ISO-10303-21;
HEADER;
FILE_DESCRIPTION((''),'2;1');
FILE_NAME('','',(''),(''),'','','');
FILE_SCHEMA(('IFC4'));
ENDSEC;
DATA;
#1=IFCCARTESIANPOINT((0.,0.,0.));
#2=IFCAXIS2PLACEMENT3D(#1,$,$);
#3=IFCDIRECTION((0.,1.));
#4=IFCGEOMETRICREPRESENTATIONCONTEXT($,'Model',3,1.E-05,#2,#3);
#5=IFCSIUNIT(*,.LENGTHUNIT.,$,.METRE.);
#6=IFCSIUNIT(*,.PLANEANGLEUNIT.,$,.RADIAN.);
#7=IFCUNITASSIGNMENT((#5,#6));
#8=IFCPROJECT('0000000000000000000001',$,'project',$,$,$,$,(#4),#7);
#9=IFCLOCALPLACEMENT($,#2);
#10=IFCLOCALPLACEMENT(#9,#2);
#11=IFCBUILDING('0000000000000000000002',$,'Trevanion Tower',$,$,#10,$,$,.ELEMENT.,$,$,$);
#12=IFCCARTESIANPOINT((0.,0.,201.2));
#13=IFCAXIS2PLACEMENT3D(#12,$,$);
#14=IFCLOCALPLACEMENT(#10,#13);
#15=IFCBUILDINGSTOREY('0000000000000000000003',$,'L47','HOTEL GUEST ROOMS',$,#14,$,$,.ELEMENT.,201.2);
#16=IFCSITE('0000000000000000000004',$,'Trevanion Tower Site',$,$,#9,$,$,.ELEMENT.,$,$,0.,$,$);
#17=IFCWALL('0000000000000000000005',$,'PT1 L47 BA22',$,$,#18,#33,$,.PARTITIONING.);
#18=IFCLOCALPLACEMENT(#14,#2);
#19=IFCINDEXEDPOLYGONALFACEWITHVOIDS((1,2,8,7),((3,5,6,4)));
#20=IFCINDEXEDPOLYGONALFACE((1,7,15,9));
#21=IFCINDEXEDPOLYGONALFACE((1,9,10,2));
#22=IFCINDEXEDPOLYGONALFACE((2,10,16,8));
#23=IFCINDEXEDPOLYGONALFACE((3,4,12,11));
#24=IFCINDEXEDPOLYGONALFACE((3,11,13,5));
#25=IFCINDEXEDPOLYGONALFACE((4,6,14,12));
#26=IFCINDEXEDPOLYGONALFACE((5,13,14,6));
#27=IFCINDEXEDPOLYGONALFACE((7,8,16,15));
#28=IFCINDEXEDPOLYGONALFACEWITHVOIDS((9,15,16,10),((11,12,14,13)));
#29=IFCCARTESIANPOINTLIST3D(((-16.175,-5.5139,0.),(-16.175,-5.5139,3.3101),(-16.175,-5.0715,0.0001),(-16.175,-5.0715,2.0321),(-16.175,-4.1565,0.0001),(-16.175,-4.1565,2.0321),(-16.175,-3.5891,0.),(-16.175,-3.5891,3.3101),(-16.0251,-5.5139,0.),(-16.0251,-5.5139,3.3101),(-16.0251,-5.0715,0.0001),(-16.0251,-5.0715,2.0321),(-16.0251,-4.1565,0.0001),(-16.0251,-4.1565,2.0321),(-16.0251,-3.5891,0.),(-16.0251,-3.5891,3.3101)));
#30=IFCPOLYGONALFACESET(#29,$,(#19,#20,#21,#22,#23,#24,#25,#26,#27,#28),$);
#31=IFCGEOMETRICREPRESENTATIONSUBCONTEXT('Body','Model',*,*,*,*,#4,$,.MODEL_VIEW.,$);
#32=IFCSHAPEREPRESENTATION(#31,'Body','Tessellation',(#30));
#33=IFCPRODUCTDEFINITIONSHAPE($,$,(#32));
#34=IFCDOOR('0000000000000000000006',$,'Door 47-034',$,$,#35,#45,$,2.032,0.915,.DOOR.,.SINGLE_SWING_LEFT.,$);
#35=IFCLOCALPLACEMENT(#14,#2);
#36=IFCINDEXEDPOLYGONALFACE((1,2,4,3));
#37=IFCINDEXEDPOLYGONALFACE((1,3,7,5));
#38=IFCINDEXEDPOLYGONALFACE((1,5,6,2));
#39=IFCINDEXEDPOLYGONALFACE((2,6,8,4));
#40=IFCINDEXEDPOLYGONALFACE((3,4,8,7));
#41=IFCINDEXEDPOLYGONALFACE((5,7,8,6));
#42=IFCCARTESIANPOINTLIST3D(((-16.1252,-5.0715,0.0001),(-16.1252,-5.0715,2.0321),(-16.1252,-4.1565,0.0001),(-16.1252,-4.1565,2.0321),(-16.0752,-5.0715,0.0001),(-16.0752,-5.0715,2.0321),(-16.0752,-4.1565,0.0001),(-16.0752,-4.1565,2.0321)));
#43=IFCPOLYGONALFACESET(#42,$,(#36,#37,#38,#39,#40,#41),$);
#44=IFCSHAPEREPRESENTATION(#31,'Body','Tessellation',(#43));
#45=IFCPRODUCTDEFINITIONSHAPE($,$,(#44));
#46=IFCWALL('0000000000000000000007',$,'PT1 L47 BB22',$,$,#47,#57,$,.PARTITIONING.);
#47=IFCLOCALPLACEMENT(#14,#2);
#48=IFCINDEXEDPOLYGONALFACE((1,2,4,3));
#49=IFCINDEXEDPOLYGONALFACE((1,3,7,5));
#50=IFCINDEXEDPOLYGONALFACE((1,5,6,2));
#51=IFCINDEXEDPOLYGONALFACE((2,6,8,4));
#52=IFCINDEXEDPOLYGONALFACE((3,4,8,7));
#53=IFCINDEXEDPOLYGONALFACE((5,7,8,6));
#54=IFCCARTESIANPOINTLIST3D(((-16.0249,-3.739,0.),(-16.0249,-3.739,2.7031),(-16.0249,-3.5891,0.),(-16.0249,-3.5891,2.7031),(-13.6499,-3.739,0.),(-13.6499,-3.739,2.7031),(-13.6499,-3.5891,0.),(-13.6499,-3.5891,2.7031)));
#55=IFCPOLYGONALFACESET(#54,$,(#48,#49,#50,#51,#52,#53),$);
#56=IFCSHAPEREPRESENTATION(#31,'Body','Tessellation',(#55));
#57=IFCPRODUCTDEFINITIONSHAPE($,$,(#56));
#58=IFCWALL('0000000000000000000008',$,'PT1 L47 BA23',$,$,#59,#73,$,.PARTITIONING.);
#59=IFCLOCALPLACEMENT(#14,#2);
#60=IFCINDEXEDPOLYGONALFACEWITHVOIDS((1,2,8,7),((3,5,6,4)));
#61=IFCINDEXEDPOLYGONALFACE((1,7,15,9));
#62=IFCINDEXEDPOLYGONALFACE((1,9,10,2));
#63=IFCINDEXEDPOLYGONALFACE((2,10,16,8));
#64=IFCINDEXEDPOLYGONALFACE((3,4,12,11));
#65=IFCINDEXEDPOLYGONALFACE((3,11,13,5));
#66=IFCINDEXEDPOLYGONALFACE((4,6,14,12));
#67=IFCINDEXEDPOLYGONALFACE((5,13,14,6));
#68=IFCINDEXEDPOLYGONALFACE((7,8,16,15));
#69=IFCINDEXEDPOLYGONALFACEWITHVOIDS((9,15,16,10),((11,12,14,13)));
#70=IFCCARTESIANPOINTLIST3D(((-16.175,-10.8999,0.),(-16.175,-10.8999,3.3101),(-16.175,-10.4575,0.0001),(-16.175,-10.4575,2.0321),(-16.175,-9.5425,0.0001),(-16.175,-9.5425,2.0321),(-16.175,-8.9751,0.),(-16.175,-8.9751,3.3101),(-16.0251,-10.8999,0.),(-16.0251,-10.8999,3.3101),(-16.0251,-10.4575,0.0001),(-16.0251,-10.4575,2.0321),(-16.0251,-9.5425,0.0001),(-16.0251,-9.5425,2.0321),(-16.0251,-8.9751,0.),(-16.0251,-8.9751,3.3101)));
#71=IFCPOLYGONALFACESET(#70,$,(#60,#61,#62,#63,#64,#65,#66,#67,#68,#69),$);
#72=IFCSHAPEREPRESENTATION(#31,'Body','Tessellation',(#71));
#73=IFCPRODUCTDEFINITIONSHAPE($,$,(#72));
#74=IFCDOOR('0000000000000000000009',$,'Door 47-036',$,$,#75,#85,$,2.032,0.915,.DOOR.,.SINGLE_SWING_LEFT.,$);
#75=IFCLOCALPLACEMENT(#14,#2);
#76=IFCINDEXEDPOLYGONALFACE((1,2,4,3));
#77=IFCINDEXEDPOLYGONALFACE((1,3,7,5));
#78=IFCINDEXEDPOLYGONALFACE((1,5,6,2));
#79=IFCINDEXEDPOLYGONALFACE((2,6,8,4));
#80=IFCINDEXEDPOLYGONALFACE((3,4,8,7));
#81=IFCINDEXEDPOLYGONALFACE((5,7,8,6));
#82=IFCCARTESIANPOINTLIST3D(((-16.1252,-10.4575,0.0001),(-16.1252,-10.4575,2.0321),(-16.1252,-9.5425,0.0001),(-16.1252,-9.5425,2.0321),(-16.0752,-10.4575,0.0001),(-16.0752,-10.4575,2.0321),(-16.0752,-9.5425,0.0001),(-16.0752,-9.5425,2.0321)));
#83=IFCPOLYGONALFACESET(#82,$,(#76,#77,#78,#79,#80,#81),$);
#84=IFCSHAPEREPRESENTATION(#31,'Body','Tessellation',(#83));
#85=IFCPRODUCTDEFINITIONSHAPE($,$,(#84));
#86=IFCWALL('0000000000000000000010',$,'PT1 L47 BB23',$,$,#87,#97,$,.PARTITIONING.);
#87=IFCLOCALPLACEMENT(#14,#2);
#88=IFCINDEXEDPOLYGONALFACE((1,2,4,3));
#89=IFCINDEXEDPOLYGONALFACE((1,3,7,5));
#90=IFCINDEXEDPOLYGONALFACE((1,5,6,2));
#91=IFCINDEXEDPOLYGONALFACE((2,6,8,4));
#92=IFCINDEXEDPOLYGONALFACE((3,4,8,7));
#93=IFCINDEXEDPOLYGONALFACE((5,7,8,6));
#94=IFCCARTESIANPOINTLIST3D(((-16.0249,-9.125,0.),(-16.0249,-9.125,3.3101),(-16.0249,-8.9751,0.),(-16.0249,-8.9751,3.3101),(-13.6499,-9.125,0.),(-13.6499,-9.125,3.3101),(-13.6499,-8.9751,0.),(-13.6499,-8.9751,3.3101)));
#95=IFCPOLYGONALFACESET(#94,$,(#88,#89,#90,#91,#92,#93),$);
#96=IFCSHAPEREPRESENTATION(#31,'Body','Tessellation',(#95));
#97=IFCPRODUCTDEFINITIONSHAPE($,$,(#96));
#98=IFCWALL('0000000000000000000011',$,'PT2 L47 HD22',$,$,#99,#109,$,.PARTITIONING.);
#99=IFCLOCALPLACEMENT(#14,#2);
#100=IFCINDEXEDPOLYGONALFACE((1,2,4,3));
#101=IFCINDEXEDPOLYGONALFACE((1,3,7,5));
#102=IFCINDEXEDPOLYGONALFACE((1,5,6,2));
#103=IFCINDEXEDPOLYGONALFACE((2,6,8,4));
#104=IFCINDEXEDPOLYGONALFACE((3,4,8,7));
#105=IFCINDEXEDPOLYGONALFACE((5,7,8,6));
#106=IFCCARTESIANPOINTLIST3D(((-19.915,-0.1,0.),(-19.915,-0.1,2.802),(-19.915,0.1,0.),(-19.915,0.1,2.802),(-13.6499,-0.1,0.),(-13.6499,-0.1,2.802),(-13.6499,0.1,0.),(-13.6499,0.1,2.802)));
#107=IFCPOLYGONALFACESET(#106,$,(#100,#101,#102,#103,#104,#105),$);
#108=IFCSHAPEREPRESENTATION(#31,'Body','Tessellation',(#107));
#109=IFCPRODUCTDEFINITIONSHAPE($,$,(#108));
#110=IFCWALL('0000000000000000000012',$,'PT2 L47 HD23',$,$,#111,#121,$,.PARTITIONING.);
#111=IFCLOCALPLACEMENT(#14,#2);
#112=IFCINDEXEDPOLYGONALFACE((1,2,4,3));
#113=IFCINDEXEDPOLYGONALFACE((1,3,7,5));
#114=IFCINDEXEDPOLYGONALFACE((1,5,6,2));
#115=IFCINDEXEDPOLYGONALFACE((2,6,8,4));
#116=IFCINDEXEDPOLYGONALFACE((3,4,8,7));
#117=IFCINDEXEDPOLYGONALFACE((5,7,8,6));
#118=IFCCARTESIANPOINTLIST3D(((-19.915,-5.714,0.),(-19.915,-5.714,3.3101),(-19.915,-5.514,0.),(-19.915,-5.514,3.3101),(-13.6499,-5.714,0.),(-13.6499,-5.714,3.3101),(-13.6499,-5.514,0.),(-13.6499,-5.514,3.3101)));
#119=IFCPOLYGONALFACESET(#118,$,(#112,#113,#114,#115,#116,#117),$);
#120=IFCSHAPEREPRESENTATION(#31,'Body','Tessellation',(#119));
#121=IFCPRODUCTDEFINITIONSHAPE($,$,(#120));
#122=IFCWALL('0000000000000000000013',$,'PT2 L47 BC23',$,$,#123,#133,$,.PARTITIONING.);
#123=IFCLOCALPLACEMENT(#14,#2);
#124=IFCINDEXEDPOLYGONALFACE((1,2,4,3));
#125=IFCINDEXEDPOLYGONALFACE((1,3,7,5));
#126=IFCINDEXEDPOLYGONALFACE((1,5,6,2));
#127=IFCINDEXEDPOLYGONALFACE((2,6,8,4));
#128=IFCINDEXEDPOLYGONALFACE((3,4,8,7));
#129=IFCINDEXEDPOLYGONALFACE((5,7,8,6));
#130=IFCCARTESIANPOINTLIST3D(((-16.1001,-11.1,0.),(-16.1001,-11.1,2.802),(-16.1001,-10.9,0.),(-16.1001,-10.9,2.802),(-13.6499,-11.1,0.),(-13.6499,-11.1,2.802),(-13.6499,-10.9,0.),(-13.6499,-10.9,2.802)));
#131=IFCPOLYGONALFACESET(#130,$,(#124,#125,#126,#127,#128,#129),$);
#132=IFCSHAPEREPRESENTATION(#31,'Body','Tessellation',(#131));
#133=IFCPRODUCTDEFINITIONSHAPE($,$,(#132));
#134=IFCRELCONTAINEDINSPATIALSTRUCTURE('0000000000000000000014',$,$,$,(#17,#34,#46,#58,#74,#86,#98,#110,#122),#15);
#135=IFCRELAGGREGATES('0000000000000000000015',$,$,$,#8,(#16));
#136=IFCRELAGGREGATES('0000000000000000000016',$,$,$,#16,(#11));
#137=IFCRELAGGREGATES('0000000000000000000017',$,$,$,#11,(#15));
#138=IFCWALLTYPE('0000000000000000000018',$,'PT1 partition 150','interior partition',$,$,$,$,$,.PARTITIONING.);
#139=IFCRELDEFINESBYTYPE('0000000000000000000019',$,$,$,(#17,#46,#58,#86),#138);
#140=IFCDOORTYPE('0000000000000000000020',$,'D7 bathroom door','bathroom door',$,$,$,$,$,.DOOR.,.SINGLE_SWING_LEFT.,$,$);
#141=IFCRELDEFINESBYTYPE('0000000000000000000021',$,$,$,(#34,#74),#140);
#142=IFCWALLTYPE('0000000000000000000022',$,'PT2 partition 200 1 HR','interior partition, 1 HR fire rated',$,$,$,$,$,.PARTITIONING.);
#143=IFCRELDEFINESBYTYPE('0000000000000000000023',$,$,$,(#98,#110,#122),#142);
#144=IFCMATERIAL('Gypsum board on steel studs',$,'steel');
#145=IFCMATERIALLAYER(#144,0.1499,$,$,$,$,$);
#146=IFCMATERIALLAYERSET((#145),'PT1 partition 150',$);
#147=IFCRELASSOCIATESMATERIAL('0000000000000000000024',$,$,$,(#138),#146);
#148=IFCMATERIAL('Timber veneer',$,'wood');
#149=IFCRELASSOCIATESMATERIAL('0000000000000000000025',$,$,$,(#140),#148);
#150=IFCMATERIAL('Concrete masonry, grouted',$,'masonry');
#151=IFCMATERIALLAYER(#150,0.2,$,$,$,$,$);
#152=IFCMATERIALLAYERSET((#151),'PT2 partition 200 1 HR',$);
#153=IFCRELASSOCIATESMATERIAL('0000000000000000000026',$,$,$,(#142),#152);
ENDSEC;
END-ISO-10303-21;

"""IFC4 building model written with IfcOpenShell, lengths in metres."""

from ifc_helpers import new_model, si_unit, direction, frame, frame_2d, origin, place, context, subcontext, project, spatial, rectangle, extrude, material, layer, layer_set, type_object, element, fill, save


model = new_model("IFC4")

# Units and contexts
model_context = context("Model", 3, precision=1e-05, world=origin(), true_north=direction((0.0, 1.0)))
body_context = subcontext(model_context, "Body", "Model", "MODEL_VIEW")
ifc_project = project(units=[si_unit("LENGTHUNIT", "METRE"), si_unit("PLANEANGLEUNIT", "RADIAN")], contexts=[model_context])

# Site, building, storey
site_placement = place(None, origin())
site = spatial("IfcSite", under=ifc_project, at=site_placement, Name="Trevanion Tower Site", CompositionType="ELEMENT", RefElevation=0.0)
building_placement = place(site_placement, origin())
building = spatial("IfcBuilding", under=site, at=building_placement, Name="Trevanion Tower", CompositionType="ELEMENT")
storey_placement = place(building_placement, frame((0.0, 0.0, 201.2)))
storey = spatial("IfcBuildingStorey", under=building, at=storey_placement, Name="L47", Description="HOTEL GUEST ROOMS", CompositionType="ELEMENT", Elevation=201.2)

# Wall, opening, door
ifc_material_1 = material(Name="Gypsum board on steel studs", Category="steel")
ifc_layer_1 = layer(ifc_material_1, 0.1499)
ifc_layer_set_1 = layer_set([ifc_layer_1], Name="PT1 partition 150")
wall_type_1 = type_object("IfcWallType", Name="PT1 partition 150", Description="interior partition", PredefinedType="PARTITIONING", material=ifc_layer_set_1)
wall_1_placement = place(storey_placement, frame((-16.1001, -3.5891, 0.0), z_axis=(0.0, 0.0, 1.0), x_axis=(0.0, -1.0, 0.0)))
wall_1 = element("IfcWall", 1, at=wall_1_placement, inside=storey, type_object=wall_type_1, Name="PT1 L47 BA22", PredefinedType="PARTITIONING", context=body_context, shape_type="SweptSolid", body=[
    extrude(rectangle(XDim=1.9248, YDim=0.1499, at=frame_2d((0.9624, 0.0))), origin(), (0.0, 0.0, 1.0), 3.3101),
])
opening_1_placement = place(wall_1_placement, frame((0.5674, 0.0, 0.0)))
opening_1 = element("IfcOpeningElement", 2, at=opening_1_placement, cuts=wall_1, PredefinedType="OPENING", context=body_context, shape_type="SweptSolid", body=[
    extrude(rectangle(XDim=0.915, YDim=2.032, at=frame_2d((0.4575, 1.0161))), frame((0.0, 0.085, 0.0), z_axis=(0.0, -1.0, 0.0), x_axis=(1.0, 0.0, 0.0)), (0.0, 0.0, 1.0), 0.1699),
])
ifc_material_2 = material(Name="Timber veneer", Category="wood")
door_type = type_object("IfcDoorType", Name="D7 bathroom door", Description="bathroom door", OperationType="SINGLE_SWING_LEFT", PredefinedType="DOOR", material=ifc_material_2)
door_1_placement = place(opening_1_placement, origin())
door_1 = element("IfcDoor", 3, at=door_1_placement, inside=storey, type_object=door_type, Name="Door 47-034", OperationType="SINGLE_SWING_LEFT", OverallHeight=2.032, OverallWidth=0.915, PredefinedType="DOOR", context=body_context, shape_type="SweptSolid", body=[
    extrude(rectangle(XDim=0.915, YDim=2.032, at=frame_2d((0.4575, 1.0161))), frame((0.0, 0.0249, 0.0), z_axis=(0.0, -1.0, 0.0), x_axis=(1.0, 0.0, 0.0)), (0.0, 0.0, 1.0), 0.05),
])
fill(opening_1, door_1)

# Wall
wall_2_placement = place(storey_placement, frame((-13.6499, -3.6641, 0.0), z_axis=(0.0, 0.0, 1.0), x_axis=(-1.0, 0.0, 0.0)))
element("IfcWall", 4, at=wall_2_placement, inside=storey, type_object=wall_type_1, Name="PT1 L47 BB22", PredefinedType="PARTITIONING", context=body_context, shape_type="SweptSolid", body=[
    extrude(rectangle(XDim=2.375, YDim=0.1499, at=frame_2d((1.1875, 0.0))), origin(), (0.0, 0.0, 1.0), 2.7031),
])

# Wall, opening, door
wall_3_placement = place(storey_placement, frame((-16.1001, -8.9751, 0.0), z_axis=(0.0, 0.0, 1.0), x_axis=(0.0, -1.0, 0.0)))
wall_3 = element("IfcWall", 5, at=wall_3_placement, inside=storey, type_object=wall_type_1, Name="PT1 L47 BA23", PredefinedType="PARTITIONING", context=body_context, shape_type="SweptSolid", body=[
    extrude(rectangle(XDim=1.9248, YDim=0.1499, at=frame_2d((0.9624, 0.0))), origin(), (0.0, 0.0, 1.0), 3.3101),
])
opening_2_placement = place(wall_3_placement, frame((0.5674, 0.0, 0.0)))
opening_2 = element("IfcOpeningElement", 6, at=opening_2_placement, cuts=wall_3, PredefinedType="OPENING", context=body_context, shape_type="SweptSolid", body=[
    extrude(rectangle(XDim=0.915, YDim=2.032, at=frame_2d((0.4575, 1.0161))), frame((0.0, 0.085, 0.0), z_axis=(0.0, -1.0, 0.0), x_axis=(1.0, 0.0, 0.0)), (0.0, 0.0, 1.0), 0.1699),
])
door_2_placement = place(opening_2_placement, origin())
door_2 = element("IfcDoor", 7, at=door_2_placement, inside=storey, type_object=door_type, Name="Door 47-036", OperationType="SINGLE_SWING_LEFT", OverallHeight=2.032, OverallWidth=0.915, PredefinedType="DOOR", context=body_context, shape_type="SweptSolid", body=[
    extrude(rectangle(XDim=0.915, YDim=2.032, at=frame_2d((0.4575, 1.0161))), frame((0.0, 0.0249, 0.0), z_axis=(0.0, -1.0, 0.0), x_axis=(1.0, 0.0, 0.0)), (0.0, 0.0, 1.0), 0.05),
])
fill(opening_2, door_2)

# Walls
wall_4_placement = place(storey_placement, frame((-13.6499, -9.05, 0.0), z_axis=(0.0, 0.0, 1.0), x_axis=(-1.0, 0.0, 0.0)))
element("IfcWall", 8, at=wall_4_placement, inside=storey, type_object=wall_type_1, Name="PT1 L47 BB23", PredefinedType="PARTITIONING", context=body_context, shape_type="SweptSolid", body=[
    extrude(rectangle(XDim=2.375, YDim=0.1499, at=frame_2d((1.1875, 0.0))), origin(), (0.0, 0.0, 1.0), 3.3101),
])
ifc_material_3 = material(Name="Concrete masonry, grouted", Category="masonry")
ifc_layer_2 = layer(ifc_material_3, 0.2)
ifc_layer_set_2 = layer_set([ifc_layer_2], Name="PT2 partition 200 1 HR")
wall_type_2 = type_object("IfcWallType", Name="PT2 partition 200 1 HR", Description="interior partition, 1 HR fire rated", PredefinedType="PARTITIONING", material=ifc_layer_set_2)
wall_5_placement = place(storey_placement, frame((-13.6499, 0.0, 0.0), z_axis=(0.0, 0.0, 1.0), x_axis=(-1.0, 0.0, 0.0)))
element("IfcWall", 9, at=wall_5_placement, inside=storey, type_object=wall_type_2, Name="PT2 L47 HD22", PredefinedType="PARTITIONING", context=body_context, shape_type="SweptSolid", body=[
    extrude(rectangle(XDim=6.2651, YDim=0.2, at=frame_2d((3.1326, 0.0))), origin(), (0.0, 0.0, 1.0), 2.802),
])
wall_6_placement = place(storey_placement, frame((-13.6499, -5.614, 0.0), z_axis=(0.0, 0.0, 1.0), x_axis=(-1.0, 0.0, 0.0)))
element("IfcWall", 10, at=wall_6_placement, inside=storey, type_object=wall_type_2, Name="PT2 L47 HD23", PredefinedType="PARTITIONING", context=body_context, shape_type="SweptSolid", body=[
    extrude(rectangle(XDim=6.2651, YDim=0.2, at=frame_2d((3.1326, 0.0))), origin(), (0.0, 0.0, 1.0), 3.3101),
])
wall_7_placement = place(storey_placement, frame((-13.6499, -11.0, 0.0), z_axis=(0.0, 0.0, 1.0), x_axis=(-1.0, 0.0, 0.0)))
element("IfcWall", 11, at=wall_7_placement, inside=storey, type_object=wall_type_2, Name="PT2 L47 BC23", PredefinedType="PARTITIONING", context=body_context, shape_type="SweptSolid", body=[
    extrude(rectangle(XDim=2.4502, YDim=0.2, at=frame_2d((1.2251, 0.0))), origin(), (0.0, 0.0, 1.0), 2.802),
])

save(model, "model.ifc")
